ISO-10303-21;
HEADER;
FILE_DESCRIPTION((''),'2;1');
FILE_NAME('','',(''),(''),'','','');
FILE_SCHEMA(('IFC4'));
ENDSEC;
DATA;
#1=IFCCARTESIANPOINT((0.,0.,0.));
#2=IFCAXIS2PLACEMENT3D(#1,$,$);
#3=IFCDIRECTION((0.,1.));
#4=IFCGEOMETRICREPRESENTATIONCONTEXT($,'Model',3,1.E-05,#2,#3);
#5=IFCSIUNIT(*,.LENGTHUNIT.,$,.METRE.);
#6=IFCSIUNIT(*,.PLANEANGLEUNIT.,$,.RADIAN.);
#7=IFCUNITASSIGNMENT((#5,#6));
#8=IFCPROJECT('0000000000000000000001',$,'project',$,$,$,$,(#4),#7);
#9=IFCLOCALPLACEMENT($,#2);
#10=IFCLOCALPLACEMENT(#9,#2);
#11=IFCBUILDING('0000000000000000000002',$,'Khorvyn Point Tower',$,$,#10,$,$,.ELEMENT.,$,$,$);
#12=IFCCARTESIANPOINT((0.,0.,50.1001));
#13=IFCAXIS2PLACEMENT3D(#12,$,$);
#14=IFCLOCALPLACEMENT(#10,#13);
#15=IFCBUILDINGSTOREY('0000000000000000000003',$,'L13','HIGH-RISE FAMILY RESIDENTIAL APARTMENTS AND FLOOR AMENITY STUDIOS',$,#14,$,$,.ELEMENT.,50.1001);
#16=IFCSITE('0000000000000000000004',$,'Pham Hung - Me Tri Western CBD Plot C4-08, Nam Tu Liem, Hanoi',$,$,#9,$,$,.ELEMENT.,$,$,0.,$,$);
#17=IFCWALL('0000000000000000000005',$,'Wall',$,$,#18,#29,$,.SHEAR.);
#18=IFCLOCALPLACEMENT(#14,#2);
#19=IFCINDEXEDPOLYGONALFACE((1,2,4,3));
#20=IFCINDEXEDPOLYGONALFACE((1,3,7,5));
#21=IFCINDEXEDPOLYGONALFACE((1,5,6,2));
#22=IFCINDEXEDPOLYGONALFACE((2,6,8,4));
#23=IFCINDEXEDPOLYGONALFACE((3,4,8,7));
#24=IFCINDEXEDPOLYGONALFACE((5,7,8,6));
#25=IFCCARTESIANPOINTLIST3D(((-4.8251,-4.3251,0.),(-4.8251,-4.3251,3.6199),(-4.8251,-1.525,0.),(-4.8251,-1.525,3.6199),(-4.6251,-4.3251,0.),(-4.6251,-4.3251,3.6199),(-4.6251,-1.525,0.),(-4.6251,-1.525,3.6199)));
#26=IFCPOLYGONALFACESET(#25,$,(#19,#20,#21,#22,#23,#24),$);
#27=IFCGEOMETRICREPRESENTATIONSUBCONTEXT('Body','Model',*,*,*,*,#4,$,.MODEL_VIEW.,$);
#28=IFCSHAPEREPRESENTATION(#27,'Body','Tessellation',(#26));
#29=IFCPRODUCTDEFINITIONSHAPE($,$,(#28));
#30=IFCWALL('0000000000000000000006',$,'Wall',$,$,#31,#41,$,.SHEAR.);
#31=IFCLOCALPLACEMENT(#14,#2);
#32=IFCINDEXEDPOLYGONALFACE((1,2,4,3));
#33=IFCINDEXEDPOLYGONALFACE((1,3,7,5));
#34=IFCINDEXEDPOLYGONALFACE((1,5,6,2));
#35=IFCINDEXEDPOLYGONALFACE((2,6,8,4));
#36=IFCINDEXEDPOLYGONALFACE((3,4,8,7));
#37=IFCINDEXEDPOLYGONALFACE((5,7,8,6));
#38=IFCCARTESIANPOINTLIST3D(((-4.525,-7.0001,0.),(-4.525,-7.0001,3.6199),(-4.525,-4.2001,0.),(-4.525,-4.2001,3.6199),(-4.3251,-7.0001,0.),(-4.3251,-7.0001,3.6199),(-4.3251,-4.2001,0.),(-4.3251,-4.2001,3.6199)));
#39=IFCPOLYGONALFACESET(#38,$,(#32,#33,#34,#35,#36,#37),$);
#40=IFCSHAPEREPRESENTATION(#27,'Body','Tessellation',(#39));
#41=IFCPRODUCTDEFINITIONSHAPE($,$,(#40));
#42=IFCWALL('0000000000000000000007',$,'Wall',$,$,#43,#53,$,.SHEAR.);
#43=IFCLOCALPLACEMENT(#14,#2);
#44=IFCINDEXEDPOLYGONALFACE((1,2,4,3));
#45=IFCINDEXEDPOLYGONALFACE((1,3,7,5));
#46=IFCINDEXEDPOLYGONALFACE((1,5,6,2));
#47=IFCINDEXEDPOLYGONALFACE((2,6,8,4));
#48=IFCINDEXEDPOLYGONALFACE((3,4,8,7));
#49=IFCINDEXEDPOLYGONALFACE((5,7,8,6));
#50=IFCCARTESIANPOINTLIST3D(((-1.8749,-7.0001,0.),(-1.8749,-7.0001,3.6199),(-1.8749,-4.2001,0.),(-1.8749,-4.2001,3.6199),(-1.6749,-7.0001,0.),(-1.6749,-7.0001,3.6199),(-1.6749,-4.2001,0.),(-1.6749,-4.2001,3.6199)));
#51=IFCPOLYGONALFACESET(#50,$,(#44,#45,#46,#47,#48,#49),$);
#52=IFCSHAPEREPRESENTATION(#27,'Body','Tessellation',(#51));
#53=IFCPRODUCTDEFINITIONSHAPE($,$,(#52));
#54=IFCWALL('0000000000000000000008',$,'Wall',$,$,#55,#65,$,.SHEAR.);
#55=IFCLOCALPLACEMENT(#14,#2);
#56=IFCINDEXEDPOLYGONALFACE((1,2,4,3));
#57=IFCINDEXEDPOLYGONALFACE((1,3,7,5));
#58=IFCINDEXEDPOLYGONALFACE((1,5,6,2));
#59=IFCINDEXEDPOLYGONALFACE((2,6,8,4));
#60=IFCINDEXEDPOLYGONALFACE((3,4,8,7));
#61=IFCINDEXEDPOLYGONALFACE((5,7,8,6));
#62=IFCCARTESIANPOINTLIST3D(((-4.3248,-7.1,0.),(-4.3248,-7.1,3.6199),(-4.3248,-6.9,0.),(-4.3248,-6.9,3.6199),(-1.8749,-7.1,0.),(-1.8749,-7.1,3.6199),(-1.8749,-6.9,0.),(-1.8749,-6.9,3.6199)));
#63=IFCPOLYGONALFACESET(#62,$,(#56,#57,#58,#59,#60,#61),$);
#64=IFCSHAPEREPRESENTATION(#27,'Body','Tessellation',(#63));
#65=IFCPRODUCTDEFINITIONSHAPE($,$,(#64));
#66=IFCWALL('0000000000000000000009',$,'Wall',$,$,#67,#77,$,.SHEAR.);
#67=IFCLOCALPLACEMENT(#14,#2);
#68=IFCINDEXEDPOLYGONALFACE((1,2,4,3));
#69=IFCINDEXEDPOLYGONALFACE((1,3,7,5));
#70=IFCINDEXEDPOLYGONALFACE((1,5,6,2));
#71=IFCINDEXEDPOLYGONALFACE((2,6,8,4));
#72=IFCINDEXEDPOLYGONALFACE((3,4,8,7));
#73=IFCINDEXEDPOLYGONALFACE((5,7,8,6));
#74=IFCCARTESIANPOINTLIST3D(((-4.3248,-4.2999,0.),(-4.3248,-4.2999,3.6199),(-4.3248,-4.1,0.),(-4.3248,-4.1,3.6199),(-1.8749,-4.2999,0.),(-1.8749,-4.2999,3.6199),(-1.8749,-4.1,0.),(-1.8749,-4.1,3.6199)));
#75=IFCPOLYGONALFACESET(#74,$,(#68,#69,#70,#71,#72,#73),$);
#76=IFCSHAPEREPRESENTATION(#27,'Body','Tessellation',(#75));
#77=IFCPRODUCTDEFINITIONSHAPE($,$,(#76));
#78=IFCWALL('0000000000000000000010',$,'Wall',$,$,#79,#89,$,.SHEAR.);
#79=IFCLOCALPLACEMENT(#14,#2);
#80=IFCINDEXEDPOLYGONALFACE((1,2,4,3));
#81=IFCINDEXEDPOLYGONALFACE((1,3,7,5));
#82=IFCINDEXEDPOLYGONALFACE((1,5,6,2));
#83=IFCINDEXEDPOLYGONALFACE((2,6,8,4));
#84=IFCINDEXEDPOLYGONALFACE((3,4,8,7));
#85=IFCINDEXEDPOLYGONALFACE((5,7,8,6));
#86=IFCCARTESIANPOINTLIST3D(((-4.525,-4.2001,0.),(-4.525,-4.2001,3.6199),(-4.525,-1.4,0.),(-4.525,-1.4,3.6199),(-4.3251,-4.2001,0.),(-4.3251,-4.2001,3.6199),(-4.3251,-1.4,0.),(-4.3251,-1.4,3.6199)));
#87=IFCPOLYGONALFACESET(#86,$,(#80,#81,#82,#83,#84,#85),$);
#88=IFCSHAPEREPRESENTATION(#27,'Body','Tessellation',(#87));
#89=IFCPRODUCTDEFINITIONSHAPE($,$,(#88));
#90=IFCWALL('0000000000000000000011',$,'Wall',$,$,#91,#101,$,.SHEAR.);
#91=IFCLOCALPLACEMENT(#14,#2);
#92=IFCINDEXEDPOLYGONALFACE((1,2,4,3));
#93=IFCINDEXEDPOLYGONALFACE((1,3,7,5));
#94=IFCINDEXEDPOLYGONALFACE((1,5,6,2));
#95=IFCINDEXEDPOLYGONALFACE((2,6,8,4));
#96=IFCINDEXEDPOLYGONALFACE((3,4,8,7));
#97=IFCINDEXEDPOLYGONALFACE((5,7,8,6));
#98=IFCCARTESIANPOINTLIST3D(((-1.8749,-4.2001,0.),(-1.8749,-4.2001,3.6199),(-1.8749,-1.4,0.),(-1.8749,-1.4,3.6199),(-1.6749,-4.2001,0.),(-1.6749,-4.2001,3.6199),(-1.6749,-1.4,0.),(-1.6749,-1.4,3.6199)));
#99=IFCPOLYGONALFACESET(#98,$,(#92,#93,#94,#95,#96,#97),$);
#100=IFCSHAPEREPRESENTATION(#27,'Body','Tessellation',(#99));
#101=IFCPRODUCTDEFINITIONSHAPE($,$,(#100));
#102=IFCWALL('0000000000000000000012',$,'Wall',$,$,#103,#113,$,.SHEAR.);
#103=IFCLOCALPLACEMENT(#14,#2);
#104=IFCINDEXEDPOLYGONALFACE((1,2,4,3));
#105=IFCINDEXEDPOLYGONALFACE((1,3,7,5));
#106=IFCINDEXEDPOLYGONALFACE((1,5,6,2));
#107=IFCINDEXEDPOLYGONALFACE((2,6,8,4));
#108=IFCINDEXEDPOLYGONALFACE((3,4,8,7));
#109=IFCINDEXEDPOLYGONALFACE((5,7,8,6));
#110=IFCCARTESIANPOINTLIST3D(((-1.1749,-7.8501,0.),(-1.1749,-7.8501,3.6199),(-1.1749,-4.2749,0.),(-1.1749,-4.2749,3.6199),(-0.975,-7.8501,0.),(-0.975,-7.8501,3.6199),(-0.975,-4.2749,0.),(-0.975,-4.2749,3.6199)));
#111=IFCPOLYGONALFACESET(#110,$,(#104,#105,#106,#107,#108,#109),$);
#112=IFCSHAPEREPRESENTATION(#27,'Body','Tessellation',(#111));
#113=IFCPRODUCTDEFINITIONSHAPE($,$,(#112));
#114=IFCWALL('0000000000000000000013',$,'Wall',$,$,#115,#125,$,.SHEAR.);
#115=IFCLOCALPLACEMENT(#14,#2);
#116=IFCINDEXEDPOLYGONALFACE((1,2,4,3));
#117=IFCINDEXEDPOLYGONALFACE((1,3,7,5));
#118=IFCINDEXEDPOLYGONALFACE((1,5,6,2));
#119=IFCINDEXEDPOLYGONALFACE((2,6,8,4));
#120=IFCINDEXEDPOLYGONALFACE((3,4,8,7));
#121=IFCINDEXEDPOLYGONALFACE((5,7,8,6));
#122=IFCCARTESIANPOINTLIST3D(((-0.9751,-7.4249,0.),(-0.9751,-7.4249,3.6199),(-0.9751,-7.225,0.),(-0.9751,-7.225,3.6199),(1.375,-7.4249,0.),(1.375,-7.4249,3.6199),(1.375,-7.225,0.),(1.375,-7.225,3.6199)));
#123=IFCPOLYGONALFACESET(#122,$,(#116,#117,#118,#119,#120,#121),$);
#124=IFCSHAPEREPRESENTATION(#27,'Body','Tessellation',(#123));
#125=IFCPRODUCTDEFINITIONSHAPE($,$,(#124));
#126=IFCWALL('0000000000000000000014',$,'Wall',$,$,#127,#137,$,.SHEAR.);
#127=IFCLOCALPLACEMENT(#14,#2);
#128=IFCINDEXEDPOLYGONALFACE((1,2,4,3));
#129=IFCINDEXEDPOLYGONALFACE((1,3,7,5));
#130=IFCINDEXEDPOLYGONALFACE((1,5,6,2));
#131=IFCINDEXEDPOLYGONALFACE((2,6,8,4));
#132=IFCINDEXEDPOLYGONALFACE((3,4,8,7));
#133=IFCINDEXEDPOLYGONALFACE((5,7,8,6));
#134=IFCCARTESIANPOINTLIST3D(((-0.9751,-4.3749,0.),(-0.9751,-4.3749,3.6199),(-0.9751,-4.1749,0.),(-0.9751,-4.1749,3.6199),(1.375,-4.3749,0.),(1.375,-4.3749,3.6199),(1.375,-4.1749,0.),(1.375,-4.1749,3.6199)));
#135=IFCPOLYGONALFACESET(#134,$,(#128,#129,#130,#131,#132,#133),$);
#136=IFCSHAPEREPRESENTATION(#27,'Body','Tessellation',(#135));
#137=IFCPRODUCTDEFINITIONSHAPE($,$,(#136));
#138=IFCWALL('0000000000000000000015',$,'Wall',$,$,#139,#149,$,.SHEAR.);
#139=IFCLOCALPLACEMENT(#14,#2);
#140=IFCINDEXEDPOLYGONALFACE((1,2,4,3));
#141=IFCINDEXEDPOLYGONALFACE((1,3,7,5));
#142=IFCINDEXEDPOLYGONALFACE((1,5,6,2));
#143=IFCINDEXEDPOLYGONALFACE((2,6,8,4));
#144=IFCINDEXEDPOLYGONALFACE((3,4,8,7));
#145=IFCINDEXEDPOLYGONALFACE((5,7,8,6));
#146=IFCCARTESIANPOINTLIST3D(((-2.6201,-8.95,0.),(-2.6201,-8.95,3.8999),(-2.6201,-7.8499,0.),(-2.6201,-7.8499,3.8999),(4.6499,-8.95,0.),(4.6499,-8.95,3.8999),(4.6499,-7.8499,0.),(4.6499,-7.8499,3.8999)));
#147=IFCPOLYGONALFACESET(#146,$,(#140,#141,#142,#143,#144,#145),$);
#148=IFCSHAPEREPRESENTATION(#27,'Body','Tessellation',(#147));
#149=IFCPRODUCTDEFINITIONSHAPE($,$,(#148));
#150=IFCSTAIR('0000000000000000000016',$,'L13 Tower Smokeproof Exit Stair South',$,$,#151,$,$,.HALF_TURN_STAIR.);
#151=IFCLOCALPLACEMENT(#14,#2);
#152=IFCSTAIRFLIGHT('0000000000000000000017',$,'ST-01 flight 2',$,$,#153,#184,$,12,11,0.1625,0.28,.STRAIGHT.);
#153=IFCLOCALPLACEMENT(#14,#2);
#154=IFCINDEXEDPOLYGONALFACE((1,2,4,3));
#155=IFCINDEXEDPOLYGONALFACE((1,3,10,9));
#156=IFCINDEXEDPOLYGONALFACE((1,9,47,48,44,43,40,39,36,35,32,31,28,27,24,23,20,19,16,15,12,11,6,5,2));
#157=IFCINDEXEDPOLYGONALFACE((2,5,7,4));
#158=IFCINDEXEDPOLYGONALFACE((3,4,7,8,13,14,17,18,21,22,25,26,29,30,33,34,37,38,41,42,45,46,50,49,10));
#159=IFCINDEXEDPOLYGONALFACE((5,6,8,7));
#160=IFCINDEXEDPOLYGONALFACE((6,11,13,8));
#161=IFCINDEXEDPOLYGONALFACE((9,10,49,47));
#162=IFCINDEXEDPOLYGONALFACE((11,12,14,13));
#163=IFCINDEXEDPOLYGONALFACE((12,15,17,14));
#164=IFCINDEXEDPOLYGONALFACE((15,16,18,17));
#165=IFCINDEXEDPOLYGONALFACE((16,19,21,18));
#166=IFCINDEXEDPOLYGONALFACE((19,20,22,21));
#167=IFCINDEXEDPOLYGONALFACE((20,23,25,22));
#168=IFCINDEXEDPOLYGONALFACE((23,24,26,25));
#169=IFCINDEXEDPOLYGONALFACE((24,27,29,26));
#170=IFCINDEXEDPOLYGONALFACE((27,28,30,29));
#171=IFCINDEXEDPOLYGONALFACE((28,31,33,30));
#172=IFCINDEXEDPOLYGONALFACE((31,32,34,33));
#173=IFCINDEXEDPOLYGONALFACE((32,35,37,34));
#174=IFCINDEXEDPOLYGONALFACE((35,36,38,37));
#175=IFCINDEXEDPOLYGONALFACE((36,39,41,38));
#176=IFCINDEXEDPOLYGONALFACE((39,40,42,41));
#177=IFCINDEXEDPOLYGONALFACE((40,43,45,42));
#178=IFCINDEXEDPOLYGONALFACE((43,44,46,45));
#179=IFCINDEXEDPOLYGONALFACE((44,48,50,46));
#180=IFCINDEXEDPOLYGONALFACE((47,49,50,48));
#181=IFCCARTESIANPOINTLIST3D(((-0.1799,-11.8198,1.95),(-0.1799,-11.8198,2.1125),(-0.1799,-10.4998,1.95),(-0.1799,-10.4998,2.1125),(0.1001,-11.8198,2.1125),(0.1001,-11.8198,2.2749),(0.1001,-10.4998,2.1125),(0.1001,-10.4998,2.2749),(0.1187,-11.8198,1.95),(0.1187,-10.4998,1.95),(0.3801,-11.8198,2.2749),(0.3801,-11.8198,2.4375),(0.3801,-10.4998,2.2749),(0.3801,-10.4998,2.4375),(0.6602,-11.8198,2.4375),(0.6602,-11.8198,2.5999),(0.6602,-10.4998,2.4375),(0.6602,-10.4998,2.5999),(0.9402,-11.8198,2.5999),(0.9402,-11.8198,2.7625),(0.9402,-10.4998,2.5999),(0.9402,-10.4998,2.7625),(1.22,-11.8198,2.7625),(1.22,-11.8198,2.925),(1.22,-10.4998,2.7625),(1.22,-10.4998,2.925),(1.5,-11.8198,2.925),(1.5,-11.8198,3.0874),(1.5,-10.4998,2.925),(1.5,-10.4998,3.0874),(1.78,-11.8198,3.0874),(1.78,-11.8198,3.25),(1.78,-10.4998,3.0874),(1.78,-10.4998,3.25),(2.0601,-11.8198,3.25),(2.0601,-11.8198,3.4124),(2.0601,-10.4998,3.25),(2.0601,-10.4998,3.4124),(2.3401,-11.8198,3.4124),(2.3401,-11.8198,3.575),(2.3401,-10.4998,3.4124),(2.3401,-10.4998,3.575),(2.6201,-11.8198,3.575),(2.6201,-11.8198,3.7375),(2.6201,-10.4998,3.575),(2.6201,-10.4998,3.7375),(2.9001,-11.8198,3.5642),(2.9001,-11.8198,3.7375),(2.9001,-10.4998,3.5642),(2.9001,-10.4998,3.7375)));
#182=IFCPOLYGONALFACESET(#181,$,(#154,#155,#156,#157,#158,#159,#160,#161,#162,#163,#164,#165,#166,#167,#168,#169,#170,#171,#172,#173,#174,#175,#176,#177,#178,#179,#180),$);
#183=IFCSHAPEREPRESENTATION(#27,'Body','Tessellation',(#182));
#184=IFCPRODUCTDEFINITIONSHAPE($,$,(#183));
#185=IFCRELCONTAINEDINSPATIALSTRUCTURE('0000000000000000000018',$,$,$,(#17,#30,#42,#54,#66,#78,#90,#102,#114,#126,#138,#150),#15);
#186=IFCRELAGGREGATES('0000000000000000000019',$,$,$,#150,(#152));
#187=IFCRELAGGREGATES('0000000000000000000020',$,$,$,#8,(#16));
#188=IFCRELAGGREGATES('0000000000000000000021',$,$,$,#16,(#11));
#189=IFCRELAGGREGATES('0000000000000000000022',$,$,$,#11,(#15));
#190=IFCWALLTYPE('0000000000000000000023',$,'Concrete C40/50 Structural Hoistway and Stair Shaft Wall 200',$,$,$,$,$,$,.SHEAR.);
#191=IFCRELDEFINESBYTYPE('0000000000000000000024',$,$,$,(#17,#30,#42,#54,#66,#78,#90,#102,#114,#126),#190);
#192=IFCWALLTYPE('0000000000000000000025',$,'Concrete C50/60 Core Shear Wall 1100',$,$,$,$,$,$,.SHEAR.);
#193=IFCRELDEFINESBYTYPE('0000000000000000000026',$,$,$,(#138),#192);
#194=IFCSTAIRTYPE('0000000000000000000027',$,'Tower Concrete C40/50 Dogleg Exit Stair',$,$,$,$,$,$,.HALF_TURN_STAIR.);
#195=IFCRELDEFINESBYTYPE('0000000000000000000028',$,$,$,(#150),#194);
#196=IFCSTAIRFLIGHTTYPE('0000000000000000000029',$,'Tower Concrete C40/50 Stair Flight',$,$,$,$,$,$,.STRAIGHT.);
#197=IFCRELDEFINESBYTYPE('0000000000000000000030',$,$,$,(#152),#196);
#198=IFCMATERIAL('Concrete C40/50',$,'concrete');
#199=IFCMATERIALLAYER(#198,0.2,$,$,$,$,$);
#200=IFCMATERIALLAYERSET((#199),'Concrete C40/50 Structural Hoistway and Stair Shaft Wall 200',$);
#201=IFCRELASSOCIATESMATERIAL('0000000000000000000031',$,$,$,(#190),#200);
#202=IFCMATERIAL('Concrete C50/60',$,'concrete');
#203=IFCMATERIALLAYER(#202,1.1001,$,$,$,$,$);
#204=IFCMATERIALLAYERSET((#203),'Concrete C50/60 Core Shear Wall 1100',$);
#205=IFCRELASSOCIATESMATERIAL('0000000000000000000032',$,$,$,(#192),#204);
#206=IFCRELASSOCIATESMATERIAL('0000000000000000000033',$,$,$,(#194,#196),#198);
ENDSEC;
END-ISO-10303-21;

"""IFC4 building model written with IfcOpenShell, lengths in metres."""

from ifc_helpers import new_model, si_unit, direction, frame, frame_2d, origin, place, context, subcontext, project, spatial, polyline, rectangle, outline, extrude, material, layer, layer_set, type_object, element, aggregate, save


model = new_model("IFC4")

# Units and contexts
model_context = context("Model", 3, precision=1e-05, world=origin(), true_north=direction((0.0, 1.0)))
body_context = subcontext(model_context, "Body", "Model", "MODEL_VIEW")
ifc_project = project(units=[si_unit("LENGTHUNIT", "METRE"), si_unit("PLANEANGLEUNIT", "RADIAN")], contexts=[model_context])

# Site, building, storey
site_placement = place(None, origin())
site = spatial("IfcSite", under=ifc_project, at=site_placement, Name="Pham Hung - Me Tri Western CBD Plot C4-08, Nam Tu Liem, Hanoi", CompositionType="ELEMENT", RefElevation=0.0)
building_placement = place(site_placement, origin())
building = spatial("IfcBuilding", under=site, at=building_placement, Name="Khorvyn Point Tower", CompositionType="ELEMENT")
storey_placement = place(building_placement, frame((0.0, 0.0, 50.1001)))
storey = spatial("IfcBuildingStorey", under=building, at=storey_placement, Name="L13", Description="HIGH-RISE FAMILY RESIDENTIAL APARTMENTS AND FLOOR AMENITY STUDIOS", CompositionType="ELEMENT", Elevation=50.1001)

# Shared definitions
ifc_material_1 = material(Name="Concrete C40/50", Category="concrete")

# Shared definitions
ifc_material_2 = material(Name="Concrete C50/60", Category="concrete")

# Shared definitions
ifc_layer_1 = layer(ifc_material_1, 0.2)
ifc_layer_set_1 = layer_set([ifc_layer_1], Name="Concrete C40/50 Structural Hoistway and Stair Shaft Wall 200")
wall_type_1 = type_object("IfcWallType", Name="Concrete C40/50 Structural Hoistway and Stair Shaft Wall 200", PredefinedType="SHEAR", material=ifc_layer_set_1)

# Walls
for number, where, z_axis, x_axis, name in (
    (1, (-4.7251, -4.325, 0.0), (0.0, 0.0, 1.0), (0.0, 1.0, 0.0), "Wall"),
    (2, (-4.425, -7.0, 0.0), (0.0, 0.0, 1.0), (0.0, 1.0, 0.0), "Wall"),
    (3, (-1.7749, -7.0, 0.0), (0.0, 0.0, 1.0), (0.0, 1.0, 0.0), "Wall"),
):
    element("IfcWall", number, at=place(storey_placement, frame(where, z_axis=z_axis, x_axis=x_axis)), inside=storey, type_object=wall_type_1, Name=name, PredefinedType="SHEAR", context=body_context, shape_type="SweptSolid", body=[
        extrude(rectangle(XDim=2.8, YDim=0.2, at=frame_2d((1.3999, 0.0))), origin(), (0.0, 0.0, 1.0), 3.6199),
    ])
for number, where, z_axis, x_axis, name in (
    (4, (-4.325, -7.0, 0.0), (0.0, 0.0, 1.0), (1.0, 0.0, 0.0), "Wall"),
    (5, (-4.325, -4.2, 0.0), (0.0, 0.0, 1.0), (1.0, 0.0, 0.0), "Wall"),
):
    element("IfcWall", number, at=place(storey_placement, frame(where, z_axis=z_axis, x_axis=x_axis)), inside=storey, type_object=wall_type_1, Name=name, PredefinedType="SHEAR", context=body_context, shape_type="SweptSolid", body=[
        extrude(rectangle(XDim=2.45, YDim=0.2, at=frame_2d((1.2251, 0.0))), origin(), (0.0, 0.0, 1.0), 3.6199),
    ])
for number, where, z_axis, x_axis, name in (
    (6, (-4.425, -4.2, 0.0), (0.0, 0.0, 1.0), (0.0, 1.0, 0.0), "Wall"),
    (7, (-1.7749, -4.2, 0.0), (0.0, 0.0, 1.0), (0.0, 1.0, 0.0), "Wall"),
):
    element("IfcWall", number, at=place(storey_placement, frame(where, z_axis=z_axis, x_axis=x_axis)), inside=storey, type_object=wall_type_1, Name=name, PredefinedType="SHEAR", context=body_context, shape_type="SweptSolid", body=[
        extrude(rectangle(XDim=2.8, YDim=0.2, at=frame_2d((1.3999, 0.0))), origin(), (0.0, 0.0, 1.0), 3.6199),
    ])
wall_1_placement = place(storey_placement, frame((-1.075, -7.8501, 0.0), z_axis=(0.0, 0.0, 1.0), x_axis=(0.0, 1.0, 0.0)))
element("IfcWall", 8, at=wall_1_placement, inside=storey, type_object=wall_type_1, Name="Wall", PredefinedType="SHEAR", context=body_context, shape_type="SweptSolid", body=[
    extrude(rectangle(XDim=3.5752, YDim=0.2, at=frame_2d((1.7876, 0.0))), origin(), (0.0, 0.0, 1.0), 3.6199),
])
for number, where, z_axis, x_axis, name in (
    (9, (-0.9751, -7.325, 0.0), (0.0, 0.0, 1.0), (1.0, 0.0, 0.0), "Wall"),
    (10, (-0.9751, -4.2749, 0.0), (0.0, 0.0, 1.0), (1.0, 0.0, 0.0), "Wall"),
):
    element("IfcWall", number, at=place(storey_placement, frame(where, z_axis=z_axis, x_axis=x_axis)), inside=storey, type_object=wall_type_1, Name=name, PredefinedType="SHEAR", context=body_context, shape_type="SweptSolid", body=[
        extrude(rectangle(XDim=2.3501, YDim=0.2, at=frame_2d((1.175, 0.0))), origin(), (0.0, 0.0, 1.0), 3.6199),
    ])
ifc_layer_2 = layer(ifc_material_2, 1.1001)
ifc_layer_set_2 = layer_set([ifc_layer_2], Name="Concrete C50/60 Core Shear Wall 1100")
wall_type_2 = type_object("IfcWallType", Name="Concrete C50/60 Core Shear Wall 1100", PredefinedType="SHEAR", material=ifc_layer_set_2)
wall_2_placement = place(storey_placement, frame((-2.6201, -8.3999, 0.0), z_axis=(0.0, 0.0, 1.0), x_axis=(1.0, 0.0, 0.0)))
element("IfcWall", 11, at=wall_2_placement, inside=storey, type_object=wall_type_2, Name="Wall", PredefinedType="SHEAR", context=body_context, shape_type="SweptSolid", body=[
    extrude(rectangle(XDim=7.27, YDim=1.1001, at=frame_2d((3.635, 0.0))), origin(), (0.0, 0.0, 1.0), 3.8999),
])

# Stair, stair flight
stair_type = type_object("IfcStairType", Name="Tower Concrete C40/50 Dogleg Exit Stair", PredefinedType="HALF_TURN_STAIR", material=ifc_material_1)
stair_placement = place(storey_placement, origin())
stair = element("IfcStair", 12, at=stair_placement, inside=storey, type_object=stair_type, Name="L13 Tower Smokeproof Exit Stair South", PredefinedType="HALF_TURN_STAIR")
stair_flight_type = type_object("IfcStairFlightType", Name="Tower Concrete C40/50 Stair Flight", PredefinedType="STRAIGHT", material=ifc_material_1)
stair_flight_placement = place(storey_placement, frame((-0.1799, -11.1599, 1.95), z_axis=(0.0, 0.0, 1.0), x_axis=(1.0, 0.0, 0.0)))
stair_flight = element("IfcStairFlight", 13, at=stair_flight_placement, type_object=stair_flight_type, Name="ST-01 flight 2", NumberOfRisers=12, NumberOfTreads=11, PredefinedType="STRAIGHT", RiserHeight=0.1625, TreadLength=0.28, context=body_context, shape_type="SweptSolid", body=[
    extrude(outline(polyline([(0.0, 0.0), (0.0, 0.1626), (0.28, 0.1626), (0.28, 0.325), (0.5601, 0.325), (0.5601, 0.4875), (0.8401, 0.4875), (0.8401, 0.6499), (1.1201, 0.6499), (1.1201, 0.8125), (1.3999, 0.8125), (1.3999, 0.9751), (1.6799, 0.9751), (1.6799, 1.1375), (1.96, 1.1375), (1.96, 1.3), (2.24, 1.3), (2.24, 1.4624), (2.52, 1.4624), (2.52, 1.625), (2.8, 1.625), (2.8, 1.7876), (3.0801, 1.7876), (3.0801, 1.95), (3.0801, 1.6143), (0.2986, 0.0), (0.0, 0.0)])), frame((0.0, 0.6602, 0.0), z_axis=(0.0, -1.0, 0.0), x_axis=(1.0, 0.0, 0.0)), (0.0, 0.0, 1.0), 1.3201),
])
aggregate(stair, [stair_flight])

save(model, "model.ifc")
